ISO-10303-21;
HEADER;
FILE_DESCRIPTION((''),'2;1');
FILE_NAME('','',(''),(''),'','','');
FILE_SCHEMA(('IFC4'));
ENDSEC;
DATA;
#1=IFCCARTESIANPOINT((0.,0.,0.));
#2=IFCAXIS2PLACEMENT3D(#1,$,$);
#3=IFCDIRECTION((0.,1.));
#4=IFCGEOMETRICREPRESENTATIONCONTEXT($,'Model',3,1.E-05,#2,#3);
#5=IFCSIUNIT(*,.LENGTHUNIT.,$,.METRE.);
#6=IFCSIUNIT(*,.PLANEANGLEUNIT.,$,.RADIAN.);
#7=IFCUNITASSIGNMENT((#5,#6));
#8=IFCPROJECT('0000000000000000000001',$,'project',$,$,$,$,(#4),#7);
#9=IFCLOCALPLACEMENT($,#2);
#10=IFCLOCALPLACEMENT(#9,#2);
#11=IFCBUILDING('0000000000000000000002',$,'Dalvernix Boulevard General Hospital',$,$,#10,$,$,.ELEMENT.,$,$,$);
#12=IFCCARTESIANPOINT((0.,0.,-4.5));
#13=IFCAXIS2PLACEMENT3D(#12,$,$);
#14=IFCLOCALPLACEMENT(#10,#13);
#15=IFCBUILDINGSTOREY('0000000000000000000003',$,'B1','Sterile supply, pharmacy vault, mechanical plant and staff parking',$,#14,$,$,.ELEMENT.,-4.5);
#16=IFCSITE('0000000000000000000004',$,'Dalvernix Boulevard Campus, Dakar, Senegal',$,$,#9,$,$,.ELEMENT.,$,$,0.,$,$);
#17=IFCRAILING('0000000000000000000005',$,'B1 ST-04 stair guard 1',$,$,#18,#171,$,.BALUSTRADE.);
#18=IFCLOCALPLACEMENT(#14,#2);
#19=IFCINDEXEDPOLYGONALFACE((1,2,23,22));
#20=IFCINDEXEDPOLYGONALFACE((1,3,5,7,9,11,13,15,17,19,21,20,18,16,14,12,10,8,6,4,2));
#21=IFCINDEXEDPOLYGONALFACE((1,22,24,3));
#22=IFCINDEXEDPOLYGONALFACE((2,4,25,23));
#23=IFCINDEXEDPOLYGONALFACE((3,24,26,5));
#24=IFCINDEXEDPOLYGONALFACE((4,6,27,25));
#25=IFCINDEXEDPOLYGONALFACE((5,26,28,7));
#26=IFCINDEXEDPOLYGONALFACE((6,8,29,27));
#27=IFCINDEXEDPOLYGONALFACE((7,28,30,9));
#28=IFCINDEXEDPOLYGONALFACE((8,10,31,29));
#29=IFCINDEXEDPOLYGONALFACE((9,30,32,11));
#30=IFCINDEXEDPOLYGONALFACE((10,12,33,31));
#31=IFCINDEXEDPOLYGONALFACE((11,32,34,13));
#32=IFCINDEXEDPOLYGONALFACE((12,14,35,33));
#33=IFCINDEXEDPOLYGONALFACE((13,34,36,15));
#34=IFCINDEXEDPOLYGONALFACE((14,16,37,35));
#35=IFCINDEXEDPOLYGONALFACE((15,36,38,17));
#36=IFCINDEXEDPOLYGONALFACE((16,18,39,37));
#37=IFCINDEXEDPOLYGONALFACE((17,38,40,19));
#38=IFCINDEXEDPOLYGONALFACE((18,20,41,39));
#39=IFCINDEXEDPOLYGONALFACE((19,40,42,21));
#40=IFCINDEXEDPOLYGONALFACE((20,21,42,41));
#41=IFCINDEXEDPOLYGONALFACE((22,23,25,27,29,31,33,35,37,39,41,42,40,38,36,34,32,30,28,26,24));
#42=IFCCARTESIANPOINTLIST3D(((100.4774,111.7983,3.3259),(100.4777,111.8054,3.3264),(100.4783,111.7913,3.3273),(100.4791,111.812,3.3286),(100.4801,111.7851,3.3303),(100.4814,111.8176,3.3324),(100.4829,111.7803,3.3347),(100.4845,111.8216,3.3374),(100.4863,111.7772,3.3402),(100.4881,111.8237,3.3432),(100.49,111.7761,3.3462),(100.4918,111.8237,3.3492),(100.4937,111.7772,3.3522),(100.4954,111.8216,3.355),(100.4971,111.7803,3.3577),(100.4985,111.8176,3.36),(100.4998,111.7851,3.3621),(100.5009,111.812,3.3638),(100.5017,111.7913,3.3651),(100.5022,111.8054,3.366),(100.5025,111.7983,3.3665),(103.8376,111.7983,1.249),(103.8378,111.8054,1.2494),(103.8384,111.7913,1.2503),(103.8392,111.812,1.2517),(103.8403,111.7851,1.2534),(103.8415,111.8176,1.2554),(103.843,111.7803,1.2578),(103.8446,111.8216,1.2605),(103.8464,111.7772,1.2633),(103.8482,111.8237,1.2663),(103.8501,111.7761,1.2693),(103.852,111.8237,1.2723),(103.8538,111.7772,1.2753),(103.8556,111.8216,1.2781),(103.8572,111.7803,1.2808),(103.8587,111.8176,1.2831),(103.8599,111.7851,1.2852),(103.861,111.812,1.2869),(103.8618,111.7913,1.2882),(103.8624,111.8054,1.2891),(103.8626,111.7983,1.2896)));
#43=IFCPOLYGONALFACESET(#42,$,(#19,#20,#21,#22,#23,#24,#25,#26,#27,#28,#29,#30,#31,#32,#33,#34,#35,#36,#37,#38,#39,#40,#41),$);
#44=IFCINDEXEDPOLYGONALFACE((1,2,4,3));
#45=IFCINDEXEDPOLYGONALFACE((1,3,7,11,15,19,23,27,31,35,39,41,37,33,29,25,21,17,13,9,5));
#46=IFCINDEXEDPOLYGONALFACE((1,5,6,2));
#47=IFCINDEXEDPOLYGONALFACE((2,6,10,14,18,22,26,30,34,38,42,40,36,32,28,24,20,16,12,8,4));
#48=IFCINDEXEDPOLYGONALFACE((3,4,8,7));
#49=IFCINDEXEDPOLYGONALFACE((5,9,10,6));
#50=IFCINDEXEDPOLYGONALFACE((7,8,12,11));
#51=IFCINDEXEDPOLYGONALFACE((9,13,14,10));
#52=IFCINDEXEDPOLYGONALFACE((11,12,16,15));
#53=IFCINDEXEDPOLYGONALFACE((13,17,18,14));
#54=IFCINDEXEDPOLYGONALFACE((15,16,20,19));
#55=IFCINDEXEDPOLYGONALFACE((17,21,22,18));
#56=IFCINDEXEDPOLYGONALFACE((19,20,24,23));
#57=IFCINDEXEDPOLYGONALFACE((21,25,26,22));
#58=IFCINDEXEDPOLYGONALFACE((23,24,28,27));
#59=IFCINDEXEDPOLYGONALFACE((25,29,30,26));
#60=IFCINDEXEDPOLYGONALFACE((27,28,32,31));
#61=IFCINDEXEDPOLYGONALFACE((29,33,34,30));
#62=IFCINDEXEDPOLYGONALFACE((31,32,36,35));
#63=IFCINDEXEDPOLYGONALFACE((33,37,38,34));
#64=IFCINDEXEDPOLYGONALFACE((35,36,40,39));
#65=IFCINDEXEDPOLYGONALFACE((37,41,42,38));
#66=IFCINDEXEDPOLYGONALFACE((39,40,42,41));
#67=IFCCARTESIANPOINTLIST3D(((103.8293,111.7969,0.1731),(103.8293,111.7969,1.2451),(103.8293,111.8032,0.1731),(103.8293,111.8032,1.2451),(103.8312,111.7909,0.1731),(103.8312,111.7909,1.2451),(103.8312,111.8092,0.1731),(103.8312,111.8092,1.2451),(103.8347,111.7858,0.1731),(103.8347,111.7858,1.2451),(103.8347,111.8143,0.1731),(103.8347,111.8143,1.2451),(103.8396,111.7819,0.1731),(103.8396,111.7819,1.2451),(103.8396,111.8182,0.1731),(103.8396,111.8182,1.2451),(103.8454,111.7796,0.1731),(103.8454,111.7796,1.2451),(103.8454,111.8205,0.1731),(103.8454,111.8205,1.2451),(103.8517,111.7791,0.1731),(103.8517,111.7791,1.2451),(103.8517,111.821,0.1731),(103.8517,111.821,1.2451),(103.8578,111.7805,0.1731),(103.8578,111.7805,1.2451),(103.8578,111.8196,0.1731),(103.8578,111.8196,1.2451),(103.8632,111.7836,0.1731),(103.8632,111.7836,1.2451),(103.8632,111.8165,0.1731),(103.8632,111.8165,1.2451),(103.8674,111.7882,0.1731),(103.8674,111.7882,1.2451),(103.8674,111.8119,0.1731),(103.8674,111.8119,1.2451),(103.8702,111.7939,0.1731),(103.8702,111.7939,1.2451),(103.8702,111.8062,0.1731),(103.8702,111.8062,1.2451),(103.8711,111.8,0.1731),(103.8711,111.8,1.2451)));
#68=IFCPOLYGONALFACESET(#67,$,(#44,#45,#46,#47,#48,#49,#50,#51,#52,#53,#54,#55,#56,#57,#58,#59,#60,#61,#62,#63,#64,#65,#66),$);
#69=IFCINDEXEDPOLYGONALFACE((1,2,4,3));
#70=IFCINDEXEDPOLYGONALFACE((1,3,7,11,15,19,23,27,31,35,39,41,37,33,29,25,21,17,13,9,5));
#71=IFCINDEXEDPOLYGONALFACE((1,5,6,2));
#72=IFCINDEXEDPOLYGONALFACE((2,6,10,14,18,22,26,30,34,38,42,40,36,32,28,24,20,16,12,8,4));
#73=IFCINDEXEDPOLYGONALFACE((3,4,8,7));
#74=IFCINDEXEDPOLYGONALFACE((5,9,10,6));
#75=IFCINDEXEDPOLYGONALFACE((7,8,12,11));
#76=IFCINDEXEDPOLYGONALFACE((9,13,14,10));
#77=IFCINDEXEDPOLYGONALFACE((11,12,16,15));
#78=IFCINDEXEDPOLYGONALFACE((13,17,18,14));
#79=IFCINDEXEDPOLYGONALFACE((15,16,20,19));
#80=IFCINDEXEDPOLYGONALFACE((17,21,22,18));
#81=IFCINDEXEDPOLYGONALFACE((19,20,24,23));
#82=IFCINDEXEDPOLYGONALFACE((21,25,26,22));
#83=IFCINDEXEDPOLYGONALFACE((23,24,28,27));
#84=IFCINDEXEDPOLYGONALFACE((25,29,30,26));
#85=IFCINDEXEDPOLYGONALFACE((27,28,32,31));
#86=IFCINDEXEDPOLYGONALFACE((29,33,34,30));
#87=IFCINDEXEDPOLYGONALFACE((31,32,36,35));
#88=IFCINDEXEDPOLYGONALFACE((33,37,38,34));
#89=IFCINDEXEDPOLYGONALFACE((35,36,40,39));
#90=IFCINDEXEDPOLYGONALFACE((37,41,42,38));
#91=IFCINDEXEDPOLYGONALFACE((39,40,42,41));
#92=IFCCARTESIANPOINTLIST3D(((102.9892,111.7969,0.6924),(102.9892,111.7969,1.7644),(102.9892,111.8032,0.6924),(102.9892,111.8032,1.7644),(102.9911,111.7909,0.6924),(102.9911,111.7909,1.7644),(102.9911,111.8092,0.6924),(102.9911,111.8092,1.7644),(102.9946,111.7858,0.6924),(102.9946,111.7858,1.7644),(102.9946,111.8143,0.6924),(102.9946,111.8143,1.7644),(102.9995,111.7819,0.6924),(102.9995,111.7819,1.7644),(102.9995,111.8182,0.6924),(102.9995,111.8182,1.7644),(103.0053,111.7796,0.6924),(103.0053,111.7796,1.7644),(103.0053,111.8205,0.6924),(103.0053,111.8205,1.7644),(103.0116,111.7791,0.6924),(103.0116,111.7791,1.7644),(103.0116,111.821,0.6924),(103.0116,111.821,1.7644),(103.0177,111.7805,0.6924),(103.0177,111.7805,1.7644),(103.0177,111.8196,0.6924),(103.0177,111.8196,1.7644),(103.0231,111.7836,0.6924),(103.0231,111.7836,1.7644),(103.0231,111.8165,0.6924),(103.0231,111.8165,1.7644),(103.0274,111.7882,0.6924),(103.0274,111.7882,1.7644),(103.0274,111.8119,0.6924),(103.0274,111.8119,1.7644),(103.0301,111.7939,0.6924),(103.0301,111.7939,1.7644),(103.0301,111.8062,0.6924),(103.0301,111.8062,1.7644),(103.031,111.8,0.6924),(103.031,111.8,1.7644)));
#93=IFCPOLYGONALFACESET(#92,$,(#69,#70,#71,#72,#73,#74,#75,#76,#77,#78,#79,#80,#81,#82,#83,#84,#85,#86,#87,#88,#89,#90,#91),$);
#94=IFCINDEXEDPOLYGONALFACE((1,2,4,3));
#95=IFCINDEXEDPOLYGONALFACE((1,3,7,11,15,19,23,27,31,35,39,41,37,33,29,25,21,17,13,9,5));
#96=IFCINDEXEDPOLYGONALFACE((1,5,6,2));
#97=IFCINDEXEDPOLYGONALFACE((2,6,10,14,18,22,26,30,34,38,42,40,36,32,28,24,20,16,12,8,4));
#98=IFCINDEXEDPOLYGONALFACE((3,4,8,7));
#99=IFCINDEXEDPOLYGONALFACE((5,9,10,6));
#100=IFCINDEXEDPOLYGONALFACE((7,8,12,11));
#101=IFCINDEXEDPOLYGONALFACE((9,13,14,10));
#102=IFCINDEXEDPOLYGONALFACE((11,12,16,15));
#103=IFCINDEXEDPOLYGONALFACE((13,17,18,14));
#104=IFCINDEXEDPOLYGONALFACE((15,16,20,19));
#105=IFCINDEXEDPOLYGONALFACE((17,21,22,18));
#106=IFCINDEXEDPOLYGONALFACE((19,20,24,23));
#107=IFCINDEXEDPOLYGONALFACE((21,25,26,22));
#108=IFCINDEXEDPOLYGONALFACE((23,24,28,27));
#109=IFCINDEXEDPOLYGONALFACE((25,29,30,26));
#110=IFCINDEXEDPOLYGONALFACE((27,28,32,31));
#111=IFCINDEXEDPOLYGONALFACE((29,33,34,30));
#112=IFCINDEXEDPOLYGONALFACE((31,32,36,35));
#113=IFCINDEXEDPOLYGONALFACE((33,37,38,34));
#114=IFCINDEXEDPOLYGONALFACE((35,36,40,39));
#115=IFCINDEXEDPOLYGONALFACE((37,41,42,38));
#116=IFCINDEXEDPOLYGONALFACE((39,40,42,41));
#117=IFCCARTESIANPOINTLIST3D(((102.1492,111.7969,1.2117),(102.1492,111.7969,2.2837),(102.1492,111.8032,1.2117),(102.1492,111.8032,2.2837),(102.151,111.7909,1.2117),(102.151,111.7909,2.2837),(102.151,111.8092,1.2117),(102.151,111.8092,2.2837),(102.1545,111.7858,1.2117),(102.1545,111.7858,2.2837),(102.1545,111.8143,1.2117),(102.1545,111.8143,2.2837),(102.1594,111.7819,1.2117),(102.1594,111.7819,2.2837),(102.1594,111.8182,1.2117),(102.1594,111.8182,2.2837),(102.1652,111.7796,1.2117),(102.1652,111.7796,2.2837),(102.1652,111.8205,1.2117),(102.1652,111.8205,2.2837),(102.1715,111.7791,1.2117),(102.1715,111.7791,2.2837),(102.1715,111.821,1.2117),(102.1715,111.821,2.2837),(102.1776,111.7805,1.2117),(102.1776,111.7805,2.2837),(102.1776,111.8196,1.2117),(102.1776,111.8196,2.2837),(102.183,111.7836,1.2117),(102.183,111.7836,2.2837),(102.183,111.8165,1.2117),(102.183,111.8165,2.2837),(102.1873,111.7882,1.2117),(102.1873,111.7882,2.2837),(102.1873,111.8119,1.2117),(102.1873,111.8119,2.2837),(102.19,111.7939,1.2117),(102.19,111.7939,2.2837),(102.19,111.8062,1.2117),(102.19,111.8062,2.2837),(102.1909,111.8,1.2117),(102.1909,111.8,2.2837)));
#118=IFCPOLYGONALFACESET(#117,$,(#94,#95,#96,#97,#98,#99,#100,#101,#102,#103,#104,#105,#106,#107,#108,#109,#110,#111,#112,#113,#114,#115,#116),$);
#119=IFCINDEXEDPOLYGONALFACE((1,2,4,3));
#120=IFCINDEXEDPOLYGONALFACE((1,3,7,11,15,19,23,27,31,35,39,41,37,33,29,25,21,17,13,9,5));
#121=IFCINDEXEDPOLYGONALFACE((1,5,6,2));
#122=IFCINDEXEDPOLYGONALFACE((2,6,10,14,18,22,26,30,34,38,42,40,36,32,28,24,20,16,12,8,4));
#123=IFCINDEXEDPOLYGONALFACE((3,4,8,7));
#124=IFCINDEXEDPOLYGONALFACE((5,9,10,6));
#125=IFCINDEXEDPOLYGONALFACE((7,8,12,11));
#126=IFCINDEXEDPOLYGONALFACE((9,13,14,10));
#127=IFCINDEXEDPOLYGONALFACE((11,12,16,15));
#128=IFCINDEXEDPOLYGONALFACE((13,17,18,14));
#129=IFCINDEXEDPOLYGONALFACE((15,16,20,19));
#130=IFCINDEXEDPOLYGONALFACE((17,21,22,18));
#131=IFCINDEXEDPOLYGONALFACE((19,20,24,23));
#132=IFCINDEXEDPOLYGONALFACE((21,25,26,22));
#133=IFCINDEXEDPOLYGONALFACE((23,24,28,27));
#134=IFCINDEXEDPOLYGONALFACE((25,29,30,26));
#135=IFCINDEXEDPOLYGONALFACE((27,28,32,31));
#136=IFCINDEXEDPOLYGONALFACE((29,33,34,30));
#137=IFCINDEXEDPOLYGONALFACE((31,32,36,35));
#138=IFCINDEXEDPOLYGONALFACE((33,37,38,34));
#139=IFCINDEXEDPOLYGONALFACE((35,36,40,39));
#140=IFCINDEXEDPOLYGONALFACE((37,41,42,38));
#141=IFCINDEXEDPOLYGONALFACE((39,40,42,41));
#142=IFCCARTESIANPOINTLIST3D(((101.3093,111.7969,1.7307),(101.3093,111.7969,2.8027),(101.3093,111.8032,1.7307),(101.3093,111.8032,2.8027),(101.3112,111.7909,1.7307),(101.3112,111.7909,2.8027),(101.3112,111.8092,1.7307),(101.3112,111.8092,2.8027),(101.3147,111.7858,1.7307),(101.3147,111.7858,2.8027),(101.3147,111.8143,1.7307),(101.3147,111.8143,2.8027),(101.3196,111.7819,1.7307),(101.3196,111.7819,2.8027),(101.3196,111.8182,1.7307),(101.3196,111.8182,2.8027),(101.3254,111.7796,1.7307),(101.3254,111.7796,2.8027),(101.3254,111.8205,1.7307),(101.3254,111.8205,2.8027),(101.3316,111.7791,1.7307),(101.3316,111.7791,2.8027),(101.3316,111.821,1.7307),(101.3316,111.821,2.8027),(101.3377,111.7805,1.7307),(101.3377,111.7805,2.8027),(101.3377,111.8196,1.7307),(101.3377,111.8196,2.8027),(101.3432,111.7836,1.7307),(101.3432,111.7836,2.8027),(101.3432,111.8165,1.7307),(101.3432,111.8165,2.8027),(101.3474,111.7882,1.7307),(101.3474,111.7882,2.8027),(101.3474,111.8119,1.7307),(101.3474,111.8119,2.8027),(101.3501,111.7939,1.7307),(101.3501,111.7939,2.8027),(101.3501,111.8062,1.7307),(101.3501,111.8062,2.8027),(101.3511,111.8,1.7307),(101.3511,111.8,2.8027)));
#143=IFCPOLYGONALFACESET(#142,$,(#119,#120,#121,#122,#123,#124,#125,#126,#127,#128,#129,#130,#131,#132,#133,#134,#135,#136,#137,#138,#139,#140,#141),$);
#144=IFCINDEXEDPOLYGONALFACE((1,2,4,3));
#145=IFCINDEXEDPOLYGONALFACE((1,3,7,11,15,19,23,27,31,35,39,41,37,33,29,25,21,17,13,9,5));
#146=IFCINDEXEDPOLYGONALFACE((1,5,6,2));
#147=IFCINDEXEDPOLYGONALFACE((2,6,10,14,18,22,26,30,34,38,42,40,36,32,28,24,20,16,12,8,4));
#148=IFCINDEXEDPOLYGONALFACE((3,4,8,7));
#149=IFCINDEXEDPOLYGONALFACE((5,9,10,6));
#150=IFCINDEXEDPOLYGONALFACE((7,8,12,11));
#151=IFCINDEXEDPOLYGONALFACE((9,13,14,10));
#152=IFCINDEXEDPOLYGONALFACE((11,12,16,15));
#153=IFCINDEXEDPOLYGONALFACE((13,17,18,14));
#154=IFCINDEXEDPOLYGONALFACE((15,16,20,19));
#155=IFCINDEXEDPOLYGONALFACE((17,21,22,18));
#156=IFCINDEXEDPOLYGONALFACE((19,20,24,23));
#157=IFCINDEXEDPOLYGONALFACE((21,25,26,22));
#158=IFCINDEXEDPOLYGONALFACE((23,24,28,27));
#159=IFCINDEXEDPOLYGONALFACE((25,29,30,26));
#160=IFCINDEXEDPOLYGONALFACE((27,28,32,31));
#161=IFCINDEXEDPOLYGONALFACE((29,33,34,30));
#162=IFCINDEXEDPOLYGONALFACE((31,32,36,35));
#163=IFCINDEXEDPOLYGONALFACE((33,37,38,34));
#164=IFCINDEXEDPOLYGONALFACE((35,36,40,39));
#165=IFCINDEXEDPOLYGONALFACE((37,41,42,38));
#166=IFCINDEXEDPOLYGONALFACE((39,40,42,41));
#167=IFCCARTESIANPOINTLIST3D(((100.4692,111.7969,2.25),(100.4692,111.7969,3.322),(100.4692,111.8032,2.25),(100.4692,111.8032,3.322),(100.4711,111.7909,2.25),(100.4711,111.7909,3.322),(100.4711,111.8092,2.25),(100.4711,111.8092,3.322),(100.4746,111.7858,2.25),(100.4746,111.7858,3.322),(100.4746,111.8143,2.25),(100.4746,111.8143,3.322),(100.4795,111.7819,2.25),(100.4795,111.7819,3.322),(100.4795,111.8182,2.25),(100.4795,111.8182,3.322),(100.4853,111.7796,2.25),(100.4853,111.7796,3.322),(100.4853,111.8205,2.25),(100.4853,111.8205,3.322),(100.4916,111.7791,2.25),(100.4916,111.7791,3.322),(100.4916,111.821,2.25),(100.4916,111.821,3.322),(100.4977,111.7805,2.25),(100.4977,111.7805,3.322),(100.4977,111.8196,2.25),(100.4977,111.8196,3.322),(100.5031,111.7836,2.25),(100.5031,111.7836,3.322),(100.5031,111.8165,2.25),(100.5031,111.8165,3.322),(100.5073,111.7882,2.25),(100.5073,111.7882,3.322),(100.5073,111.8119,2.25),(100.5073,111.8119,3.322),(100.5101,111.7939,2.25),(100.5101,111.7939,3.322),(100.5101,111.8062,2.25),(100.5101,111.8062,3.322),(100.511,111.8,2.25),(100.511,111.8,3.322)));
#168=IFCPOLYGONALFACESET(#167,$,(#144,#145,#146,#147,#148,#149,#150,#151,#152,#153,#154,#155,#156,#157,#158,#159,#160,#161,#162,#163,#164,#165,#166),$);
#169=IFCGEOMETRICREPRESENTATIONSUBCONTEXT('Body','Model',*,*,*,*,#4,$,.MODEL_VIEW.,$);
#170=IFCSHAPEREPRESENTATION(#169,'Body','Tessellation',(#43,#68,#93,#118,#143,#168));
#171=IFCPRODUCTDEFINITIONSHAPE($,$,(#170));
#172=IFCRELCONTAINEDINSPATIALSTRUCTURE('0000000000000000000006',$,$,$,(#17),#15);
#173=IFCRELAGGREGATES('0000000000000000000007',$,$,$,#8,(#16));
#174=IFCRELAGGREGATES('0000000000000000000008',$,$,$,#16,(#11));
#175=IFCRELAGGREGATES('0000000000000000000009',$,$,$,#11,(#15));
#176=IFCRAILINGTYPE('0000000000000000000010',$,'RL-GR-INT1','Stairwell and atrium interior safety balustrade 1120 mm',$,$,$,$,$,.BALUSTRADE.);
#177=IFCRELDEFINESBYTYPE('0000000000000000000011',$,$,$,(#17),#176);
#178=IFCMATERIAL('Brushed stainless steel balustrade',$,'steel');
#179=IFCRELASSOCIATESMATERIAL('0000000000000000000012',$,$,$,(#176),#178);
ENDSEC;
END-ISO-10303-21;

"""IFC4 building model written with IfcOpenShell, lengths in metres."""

from ifc_helpers import new_model, si_unit, direction, frame, origin, origin_2d, place, context, subcontext, project, spatial, circle, extrude, material, type_object, element, save


model = new_model("IFC4")

# Units and contexts
model_context = context("Model", 3, precision=1e-05, world=origin(), true_north=direction((0.0, 1.0)))
body_context = subcontext(model_context, "Body", "Model", "MODEL_VIEW")
ifc_project = project(units=[si_unit("LENGTHUNIT", "METRE"), si_unit("PLANEANGLEUNIT", "RADIAN")], contexts=[model_context])

# Site, building, storey
site_placement = place(None, origin())
site = spatial("IfcSite", under=ifc_project, at=site_placement, Name="Dalvernix Boulevard Campus, Dakar, Senegal", CompositionType="ELEMENT", RefElevation=0.0)
building_placement = place(site_placement, origin())
building = spatial("IfcBuilding", under=site, at=building_placement, Name="Dalvernix Boulevard General Hospital", CompositionType="ELEMENT")
storey_placement = place(building_placement, frame((0.0, 0.0, -4.5)))
storey = spatial("IfcBuildingStorey", under=building, at=storey_placement, Name="B1", Description="Sterile supply, pharmacy vault, mechanical plant and staff parking", CompositionType="ELEMENT", Elevation=-4.5)

# Railing
ifc_material_1 = material(Name="Brushed stainless steel balustrade", Category="steel")
railing_type_1 = type_object("IfcRailingType", Name="RL-GR-INT1", Description="Stairwell and atrium interior safety balustrade 1120 mm", PredefinedType="BALUSTRADE", material=ifc_material_1)
railing_1_placement = place(storey_placement, frame((103.8501, 111.8, 0.1731)))
element("IfcRailing", 1, at=railing_1_placement, inside=storey, type_object=railing_type_1, Name="B1 ST-04 stair guard 1", PredefinedType="BALUSTRADE", context=body_context, shape_type="SweptSolid", body=[
    extrude(circle(Radius=0.0239, at=origin_2d()), frame((0.0, 0.0, 1.0962), z_axis=(-0.850623, 0.0, 0.525776), x_axis=(0.0, -1.0, 0.0)), (0.0, 0.0, 1.0), 3.9502),
    extrude(circle(Radius=0.021, at=origin_2d()), origin(), (0.0, 0.0, 1.0), 1.072),
    extrude(circle(Radius=0.021, at=origin_2d()), frame((-0.8401, 0.0, 0.5193)), (0.0, 0.0, 1.0), 1.072),
    extrude(circle(Radius=0.021, at=origin_2d()), frame((-1.6802, 0.0, 1.0386)), (0.0, 0.0, 1.0), 1.072),
    extrude(circle(Radius=0.021, at=origin_2d()), frame((-2.52, 0.0, 1.5576)), (0.0, 0.0, 1.0), 1.072),
    extrude(circle(Radius=0.021, at=origin_2d()), frame((-3.3601, 0.0, 2.0769)), (0.0, 0.0, 1.0), 1.072),
])

save(model, "model.ifc")
